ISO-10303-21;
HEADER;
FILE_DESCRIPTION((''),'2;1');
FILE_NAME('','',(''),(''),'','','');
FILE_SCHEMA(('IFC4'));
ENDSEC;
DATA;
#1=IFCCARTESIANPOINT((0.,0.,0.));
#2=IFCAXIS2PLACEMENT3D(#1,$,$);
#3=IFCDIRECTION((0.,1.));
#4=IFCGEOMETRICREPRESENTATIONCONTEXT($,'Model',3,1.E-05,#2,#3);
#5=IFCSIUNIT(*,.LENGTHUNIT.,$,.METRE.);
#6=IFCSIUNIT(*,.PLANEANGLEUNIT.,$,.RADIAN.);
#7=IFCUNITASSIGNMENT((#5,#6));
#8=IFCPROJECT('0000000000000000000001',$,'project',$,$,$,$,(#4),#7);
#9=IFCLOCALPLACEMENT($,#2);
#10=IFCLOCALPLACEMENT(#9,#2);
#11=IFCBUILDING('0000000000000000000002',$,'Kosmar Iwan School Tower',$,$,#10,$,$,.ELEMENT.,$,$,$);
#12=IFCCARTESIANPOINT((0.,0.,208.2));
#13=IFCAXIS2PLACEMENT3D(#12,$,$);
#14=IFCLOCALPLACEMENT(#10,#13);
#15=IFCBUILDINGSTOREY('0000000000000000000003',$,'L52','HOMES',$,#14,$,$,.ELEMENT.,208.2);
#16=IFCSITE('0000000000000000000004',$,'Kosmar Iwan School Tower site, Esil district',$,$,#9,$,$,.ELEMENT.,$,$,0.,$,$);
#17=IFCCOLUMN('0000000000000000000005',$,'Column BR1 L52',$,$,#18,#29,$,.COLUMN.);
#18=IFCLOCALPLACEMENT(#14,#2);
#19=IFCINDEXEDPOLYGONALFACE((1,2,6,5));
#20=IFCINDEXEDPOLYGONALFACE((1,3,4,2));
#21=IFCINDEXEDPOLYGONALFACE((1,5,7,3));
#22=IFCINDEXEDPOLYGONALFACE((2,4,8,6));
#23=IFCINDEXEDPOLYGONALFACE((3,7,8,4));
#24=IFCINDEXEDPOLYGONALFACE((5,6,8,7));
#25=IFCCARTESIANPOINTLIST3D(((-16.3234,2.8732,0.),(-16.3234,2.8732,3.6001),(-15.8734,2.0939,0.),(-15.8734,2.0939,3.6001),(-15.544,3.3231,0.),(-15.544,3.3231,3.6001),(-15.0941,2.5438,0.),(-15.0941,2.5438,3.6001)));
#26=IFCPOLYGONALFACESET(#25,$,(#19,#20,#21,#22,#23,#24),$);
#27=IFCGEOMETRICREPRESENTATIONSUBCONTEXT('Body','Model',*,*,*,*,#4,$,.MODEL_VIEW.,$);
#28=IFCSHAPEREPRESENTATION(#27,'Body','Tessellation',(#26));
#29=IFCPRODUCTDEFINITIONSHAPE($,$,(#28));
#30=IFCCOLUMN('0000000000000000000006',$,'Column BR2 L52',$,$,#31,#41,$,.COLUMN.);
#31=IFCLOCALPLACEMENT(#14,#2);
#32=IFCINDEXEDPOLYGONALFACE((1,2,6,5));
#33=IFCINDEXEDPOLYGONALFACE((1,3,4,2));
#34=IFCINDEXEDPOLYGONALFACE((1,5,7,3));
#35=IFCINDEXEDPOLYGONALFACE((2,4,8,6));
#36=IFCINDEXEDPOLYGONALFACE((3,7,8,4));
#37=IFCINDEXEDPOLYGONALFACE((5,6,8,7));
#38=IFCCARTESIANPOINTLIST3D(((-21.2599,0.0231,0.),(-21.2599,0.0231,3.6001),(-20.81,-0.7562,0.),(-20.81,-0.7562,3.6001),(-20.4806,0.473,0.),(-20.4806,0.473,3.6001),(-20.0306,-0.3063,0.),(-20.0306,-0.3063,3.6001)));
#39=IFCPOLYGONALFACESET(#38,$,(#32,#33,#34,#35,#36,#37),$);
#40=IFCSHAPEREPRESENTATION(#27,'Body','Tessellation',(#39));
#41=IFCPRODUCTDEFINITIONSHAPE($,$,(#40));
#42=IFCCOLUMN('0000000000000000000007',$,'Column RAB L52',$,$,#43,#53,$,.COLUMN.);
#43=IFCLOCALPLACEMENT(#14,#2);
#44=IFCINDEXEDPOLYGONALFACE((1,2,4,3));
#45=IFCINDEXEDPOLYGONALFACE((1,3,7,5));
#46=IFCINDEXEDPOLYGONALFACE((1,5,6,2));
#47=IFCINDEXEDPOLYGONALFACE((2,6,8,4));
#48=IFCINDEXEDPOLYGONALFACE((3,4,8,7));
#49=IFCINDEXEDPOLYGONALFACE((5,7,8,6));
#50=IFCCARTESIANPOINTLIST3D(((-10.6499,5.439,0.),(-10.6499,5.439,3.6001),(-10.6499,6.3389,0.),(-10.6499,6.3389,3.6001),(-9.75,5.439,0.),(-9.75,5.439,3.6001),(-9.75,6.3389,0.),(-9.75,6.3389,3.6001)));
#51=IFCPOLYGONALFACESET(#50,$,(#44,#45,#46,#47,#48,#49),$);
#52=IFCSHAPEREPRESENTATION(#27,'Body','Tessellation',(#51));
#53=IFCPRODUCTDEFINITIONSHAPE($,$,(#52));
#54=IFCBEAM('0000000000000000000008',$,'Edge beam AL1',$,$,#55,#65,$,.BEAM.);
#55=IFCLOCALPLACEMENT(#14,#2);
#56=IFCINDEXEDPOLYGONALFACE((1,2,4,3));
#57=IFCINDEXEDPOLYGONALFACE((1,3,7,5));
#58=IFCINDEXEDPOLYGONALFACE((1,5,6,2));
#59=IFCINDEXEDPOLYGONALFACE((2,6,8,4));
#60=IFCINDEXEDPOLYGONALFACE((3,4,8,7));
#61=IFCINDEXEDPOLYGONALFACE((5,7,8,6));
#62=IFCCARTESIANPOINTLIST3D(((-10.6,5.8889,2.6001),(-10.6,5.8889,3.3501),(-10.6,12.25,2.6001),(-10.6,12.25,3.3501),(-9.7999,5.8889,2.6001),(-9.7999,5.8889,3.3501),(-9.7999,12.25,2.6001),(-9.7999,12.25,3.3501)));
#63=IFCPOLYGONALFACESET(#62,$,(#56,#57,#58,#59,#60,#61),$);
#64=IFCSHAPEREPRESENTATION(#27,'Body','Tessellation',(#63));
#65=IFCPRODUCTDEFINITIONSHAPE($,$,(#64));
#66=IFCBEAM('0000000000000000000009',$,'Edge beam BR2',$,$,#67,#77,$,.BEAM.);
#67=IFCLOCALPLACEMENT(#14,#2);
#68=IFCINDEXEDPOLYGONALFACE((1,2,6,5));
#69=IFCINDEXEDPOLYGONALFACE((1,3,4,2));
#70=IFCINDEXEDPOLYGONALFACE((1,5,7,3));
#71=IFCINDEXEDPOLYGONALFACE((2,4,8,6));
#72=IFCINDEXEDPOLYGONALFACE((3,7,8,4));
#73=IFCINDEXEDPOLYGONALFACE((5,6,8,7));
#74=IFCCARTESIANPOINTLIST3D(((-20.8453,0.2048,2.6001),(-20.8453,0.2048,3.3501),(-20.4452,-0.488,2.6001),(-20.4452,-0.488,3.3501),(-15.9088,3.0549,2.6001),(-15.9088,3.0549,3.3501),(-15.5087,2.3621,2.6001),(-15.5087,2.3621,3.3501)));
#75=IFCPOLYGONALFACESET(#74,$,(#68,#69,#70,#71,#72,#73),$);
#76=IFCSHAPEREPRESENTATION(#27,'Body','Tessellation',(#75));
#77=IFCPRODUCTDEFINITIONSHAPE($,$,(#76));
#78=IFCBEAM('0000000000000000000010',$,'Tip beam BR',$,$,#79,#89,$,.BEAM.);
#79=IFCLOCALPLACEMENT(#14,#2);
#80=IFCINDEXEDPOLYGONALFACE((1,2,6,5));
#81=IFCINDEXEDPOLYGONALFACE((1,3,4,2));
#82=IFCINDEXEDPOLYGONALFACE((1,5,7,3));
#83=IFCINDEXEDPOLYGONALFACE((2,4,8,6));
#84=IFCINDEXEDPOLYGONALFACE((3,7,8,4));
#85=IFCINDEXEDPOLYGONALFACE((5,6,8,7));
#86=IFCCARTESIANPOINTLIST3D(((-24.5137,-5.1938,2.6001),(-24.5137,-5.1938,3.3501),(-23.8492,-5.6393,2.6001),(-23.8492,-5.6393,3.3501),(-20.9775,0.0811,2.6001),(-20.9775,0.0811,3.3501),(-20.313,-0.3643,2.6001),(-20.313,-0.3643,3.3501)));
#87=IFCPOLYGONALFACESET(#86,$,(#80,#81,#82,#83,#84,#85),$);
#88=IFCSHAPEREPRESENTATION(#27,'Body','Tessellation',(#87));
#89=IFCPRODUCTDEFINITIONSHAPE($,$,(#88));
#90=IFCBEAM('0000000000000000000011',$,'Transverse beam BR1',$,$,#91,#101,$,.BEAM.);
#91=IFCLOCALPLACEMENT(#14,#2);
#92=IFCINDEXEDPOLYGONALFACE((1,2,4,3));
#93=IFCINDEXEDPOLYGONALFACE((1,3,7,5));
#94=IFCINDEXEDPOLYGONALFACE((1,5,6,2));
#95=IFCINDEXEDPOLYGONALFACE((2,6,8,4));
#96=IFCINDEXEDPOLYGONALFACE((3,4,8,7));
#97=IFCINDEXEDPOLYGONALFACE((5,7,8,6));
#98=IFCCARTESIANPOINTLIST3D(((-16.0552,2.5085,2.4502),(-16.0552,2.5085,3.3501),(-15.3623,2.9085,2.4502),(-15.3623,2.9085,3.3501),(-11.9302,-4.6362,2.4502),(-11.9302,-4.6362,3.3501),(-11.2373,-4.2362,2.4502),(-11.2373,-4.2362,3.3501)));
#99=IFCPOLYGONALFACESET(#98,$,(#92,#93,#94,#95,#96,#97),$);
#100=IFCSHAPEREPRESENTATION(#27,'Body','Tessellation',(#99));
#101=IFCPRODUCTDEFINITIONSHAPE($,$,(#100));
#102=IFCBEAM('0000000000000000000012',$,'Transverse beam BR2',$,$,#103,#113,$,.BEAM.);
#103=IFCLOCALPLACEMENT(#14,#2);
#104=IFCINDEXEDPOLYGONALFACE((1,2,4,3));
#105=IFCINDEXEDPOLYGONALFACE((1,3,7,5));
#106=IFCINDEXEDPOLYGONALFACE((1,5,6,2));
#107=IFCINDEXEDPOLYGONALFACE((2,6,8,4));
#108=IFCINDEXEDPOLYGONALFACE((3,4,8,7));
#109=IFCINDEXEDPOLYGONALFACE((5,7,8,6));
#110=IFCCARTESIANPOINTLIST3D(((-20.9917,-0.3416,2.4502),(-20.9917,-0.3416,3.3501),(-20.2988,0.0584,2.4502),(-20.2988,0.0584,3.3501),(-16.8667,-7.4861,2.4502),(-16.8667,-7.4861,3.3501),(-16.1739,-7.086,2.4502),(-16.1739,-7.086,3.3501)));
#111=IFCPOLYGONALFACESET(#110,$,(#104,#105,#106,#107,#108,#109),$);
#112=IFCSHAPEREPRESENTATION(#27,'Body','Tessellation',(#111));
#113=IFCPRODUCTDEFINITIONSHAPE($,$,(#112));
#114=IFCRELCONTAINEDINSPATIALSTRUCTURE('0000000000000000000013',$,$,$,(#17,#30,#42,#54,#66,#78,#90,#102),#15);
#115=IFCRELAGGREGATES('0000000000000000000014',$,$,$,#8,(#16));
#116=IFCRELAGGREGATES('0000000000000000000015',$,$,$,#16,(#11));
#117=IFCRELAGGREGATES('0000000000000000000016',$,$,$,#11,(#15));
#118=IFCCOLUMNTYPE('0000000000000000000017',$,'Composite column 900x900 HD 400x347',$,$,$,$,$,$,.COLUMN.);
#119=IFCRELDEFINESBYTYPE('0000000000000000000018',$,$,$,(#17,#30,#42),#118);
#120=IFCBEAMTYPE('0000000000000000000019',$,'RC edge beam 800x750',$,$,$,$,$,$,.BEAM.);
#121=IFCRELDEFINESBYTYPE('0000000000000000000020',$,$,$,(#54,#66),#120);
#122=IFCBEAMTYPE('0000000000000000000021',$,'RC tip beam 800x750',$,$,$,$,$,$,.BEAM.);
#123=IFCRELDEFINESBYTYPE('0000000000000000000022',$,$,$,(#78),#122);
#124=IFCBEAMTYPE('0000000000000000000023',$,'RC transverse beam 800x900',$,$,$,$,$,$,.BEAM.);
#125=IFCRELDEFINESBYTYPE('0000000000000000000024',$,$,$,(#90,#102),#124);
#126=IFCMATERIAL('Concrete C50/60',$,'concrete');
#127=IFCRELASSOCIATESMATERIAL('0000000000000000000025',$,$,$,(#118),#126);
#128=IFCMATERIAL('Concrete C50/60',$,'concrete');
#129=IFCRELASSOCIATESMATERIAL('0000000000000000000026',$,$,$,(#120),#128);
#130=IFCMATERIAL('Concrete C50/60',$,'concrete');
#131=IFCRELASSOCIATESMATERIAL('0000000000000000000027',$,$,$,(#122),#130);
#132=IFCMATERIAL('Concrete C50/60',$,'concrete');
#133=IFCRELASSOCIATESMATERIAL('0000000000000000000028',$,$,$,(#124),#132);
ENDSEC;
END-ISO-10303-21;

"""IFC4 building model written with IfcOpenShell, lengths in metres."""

from ifc_helpers import new_model, si_unit, direction, frame, origin, origin_2d, place, context, subcontext, project, spatial, rectangle, extrude, material, material_profile, profile_set, type_object, element, save


model = new_model("IFC4")

# Units and contexts
model_context = context("Model", 3, precision=1e-05, world=origin(), true_north=direction((0.0, 1.0)))
body_context = subcontext(model_context, "Body", "Model", "MODEL_VIEW")
ifc_project = project(units=[si_unit("LENGTHUNIT", "METRE"), si_unit("PLANEANGLEUNIT", "RADIAN")], contexts=[model_context])

# Site, building, storey
site_placement = place(None, origin())
site = spatial("IfcSite", under=ifc_project, at=site_placement, Name="Kosmar Iwan School Tower site, Esil district", CompositionType="ELEMENT", RefElevation=0.0)
building_placement = place(site_placement, origin())
building = spatial("IfcBuilding", under=site, at=building_placement, Name="Kosmar Iwan School Tower", CompositionType="ELEMENT")
storey_placement = place(building_placement, frame((0.0, 0.0, 208.2)))
storey = spatial("IfcBuildingStorey", under=building, at=storey_placement, Name="L52", Description="HOMES", CompositionType="ELEMENT", Elevation=208.2)

# Columns
ifc_material_1 = material(Name="Concrete C50/60", Category="concrete")
ifc_material_profile_1 = material_profile(ifc_material_1, rectangle(XDim=0.8999, YDim=0.8999, at=origin_2d()), Name="RC 900x900 + HD 400x347")
ifc_profile_set_1 = profile_set([ifc_material_profile_1], Name="Concrete C50/60")
column_type = type_object("IfcColumnType", Name="Composite column 900x900 HD 400x347", PredefinedType="COLUMN", material=ifc_profile_set_1)
for number, where, z_axis, x_axis, name in (
    (1, (-15.7087, 2.7085, 0.0), (0.0, 0.0, 1.0), (-0.866025, -0.5, 0.0), "Column BR1 L52"),
    (2, (-20.6453, -0.1416, 0.0), (0.0, 0.0, 1.0), (-0.866025, -0.5, 0.0), "Column BR2 L52"),
    (3, (-10.2, 5.8889, 0.0), (0.0, 0.0, 1.0), (1.0, 0.0, 0.0), "Column RAB L52"),
):
    element("IfcColumn", number, at=place(storey_placement, frame(where, z_axis=z_axis, x_axis=x_axis)), inside=storey, type_object=column_type, Name=name, PredefinedType="COLUMN", context=body_context, shape_type="SweptSolid", body=[
        extrude(rectangle(XDim=0.8999, YDim=0.8999, at=origin_2d()), origin(), (0.0, 0.0, 1.0), 3.6001),
    ])

# Beams
ifc_material_2 = material(Name="Concrete C50/60", Category="concrete")
ifc_material_profile_2 = material_profile(ifc_material_2, rectangle(XDim=0.8, YDim=0.75, at=origin_2d()), Name="RC 800x750")
ifc_profile_set_2 = profile_set([ifc_material_profile_2], Name="Concrete C50/60")
beam_type_1 = type_object("IfcBeamType", Name="RC edge beam 800x750", PredefinedType="BEAM", material=ifc_profile_set_2)
beam_1_placement = place(storey_placement, frame((-10.2, 5.8889, 2.9751), z_axis=(0.0, 1.0, 0.0), x_axis=(-1.0, 0.0, 0.0)))
element("IfcBeam", 4, at=beam_1_placement, inside=storey, type_object=beam_type_1, Name="Edge beam AL1", PredefinedType="BEAM", context=body_context, shape_type="SweptSolid", body=[
    extrude(rectangle(XDim=0.8, YDim=0.75, at=origin_2d()), origin(), (0.0, 0.0, 1.0), 6.3611),
])
beam_2_placement = place(storey_placement, frame((-15.7087, 2.7085, 2.9751), z_axis=(-0.866026, -0.499999, 0.0), x_axis=(0.499999, -0.866026, 0.0)))
element("IfcBeam", 5, at=beam_2_placement, inside=storey, type_object=beam_type_1, Name="Edge beam BR2", PredefinedType="BEAM", context=body_context, shape_type="SweptSolid", body=[
    extrude(rectangle(XDim=0.8, YDim=0.75, at=origin_2d()), origin(), (0.0, 0.0, 1.0), 5.7002),
])
ifc_material_3 = material(Name="Concrete C50/60", Category="concrete")
ifc_material_profile_3 = material_profile(ifc_material_3, rectangle(XDim=0.8, YDim=0.75, at=origin_2d()), Name="RC 800x750")
ifc_profile_set_3 = profile_set([ifc_material_profile_3], Name="Concrete C50/60")
beam_type_2 = type_object("IfcBeamType", Name="RC tip beam 800x750", PredefinedType="BEAM", material=ifc_profile_set_3)
beam_3_placement = place(storey_placement, frame((-20.6453, -0.1416, 2.9751), z_axis=(-0.556828, -0.830628, 0.0), x_axis=(0.830628, -0.556828, 0.0)))
element("IfcBeam", 6, at=beam_3_placement, inside=storey, type_object=beam_type_2, Name="Tip beam BR", PredefinedType="BEAM", context=body_context, shape_type="SweptSolid", body=[
    extrude(rectangle(XDim=0.8, YDim=0.75, at=origin_2d()), origin(), (0.0, 0.0, 1.0), 6.3506),
])
ifc_material_4 = material(Name="Concrete C50/60", Category="concrete")
ifc_material_profile_4 = material_profile(ifc_material_4, rectangle(XDim=0.8, YDim=0.8999, at=origin_2d()), Name="RC 800x900")
ifc_profile_set_4 = profile_set([ifc_material_profile_4], Name="Concrete C50/60")
beam_type_3 = type_object("IfcBeamType", Name="RC transverse beam 800x900", PredefinedType="BEAM", material=ifc_profile_set_4)
beam_4_placement = place(storey_placement, frame((-15.7087, 2.7085, 2.9001), z_axis=(0.499997, -0.866027, 0.0), x_axis=(0.866027, 0.499997, 0.0)))
element("IfcBeam", 7, at=beam_4_placement, inside=storey, type_object=beam_type_3, Name="Transverse beam BR1", PredefinedType="BEAM", context=body_context, shape_type="SweptSolid", body=[
    extrude(rectangle(XDim=0.8, YDim=0.8999, at=origin_2d()), origin(), (0.0, 0.0, 1.0), 8.25),
])
beam_5_placement = place(storey_placement, frame((-20.6453, -0.1416, 2.9001), z_axis=(0.500009, -0.86602, 0.0), x_axis=(0.86602, 0.500009, 0.0)))
element("IfcBeam", 8, at=beam_5_placement, inside=storey, type_object=beam_type_3, Name="Transverse beam BR2", PredefinedType="BEAM", context=body_context, shape_type="SweptSolid", body=[
    extrude(rectangle(XDim=0.8, YDim=0.8999, at=origin_2d()), origin(), (0.0, 0.0, 1.0), 8.2498),
])

save(model, "model.ifc")
